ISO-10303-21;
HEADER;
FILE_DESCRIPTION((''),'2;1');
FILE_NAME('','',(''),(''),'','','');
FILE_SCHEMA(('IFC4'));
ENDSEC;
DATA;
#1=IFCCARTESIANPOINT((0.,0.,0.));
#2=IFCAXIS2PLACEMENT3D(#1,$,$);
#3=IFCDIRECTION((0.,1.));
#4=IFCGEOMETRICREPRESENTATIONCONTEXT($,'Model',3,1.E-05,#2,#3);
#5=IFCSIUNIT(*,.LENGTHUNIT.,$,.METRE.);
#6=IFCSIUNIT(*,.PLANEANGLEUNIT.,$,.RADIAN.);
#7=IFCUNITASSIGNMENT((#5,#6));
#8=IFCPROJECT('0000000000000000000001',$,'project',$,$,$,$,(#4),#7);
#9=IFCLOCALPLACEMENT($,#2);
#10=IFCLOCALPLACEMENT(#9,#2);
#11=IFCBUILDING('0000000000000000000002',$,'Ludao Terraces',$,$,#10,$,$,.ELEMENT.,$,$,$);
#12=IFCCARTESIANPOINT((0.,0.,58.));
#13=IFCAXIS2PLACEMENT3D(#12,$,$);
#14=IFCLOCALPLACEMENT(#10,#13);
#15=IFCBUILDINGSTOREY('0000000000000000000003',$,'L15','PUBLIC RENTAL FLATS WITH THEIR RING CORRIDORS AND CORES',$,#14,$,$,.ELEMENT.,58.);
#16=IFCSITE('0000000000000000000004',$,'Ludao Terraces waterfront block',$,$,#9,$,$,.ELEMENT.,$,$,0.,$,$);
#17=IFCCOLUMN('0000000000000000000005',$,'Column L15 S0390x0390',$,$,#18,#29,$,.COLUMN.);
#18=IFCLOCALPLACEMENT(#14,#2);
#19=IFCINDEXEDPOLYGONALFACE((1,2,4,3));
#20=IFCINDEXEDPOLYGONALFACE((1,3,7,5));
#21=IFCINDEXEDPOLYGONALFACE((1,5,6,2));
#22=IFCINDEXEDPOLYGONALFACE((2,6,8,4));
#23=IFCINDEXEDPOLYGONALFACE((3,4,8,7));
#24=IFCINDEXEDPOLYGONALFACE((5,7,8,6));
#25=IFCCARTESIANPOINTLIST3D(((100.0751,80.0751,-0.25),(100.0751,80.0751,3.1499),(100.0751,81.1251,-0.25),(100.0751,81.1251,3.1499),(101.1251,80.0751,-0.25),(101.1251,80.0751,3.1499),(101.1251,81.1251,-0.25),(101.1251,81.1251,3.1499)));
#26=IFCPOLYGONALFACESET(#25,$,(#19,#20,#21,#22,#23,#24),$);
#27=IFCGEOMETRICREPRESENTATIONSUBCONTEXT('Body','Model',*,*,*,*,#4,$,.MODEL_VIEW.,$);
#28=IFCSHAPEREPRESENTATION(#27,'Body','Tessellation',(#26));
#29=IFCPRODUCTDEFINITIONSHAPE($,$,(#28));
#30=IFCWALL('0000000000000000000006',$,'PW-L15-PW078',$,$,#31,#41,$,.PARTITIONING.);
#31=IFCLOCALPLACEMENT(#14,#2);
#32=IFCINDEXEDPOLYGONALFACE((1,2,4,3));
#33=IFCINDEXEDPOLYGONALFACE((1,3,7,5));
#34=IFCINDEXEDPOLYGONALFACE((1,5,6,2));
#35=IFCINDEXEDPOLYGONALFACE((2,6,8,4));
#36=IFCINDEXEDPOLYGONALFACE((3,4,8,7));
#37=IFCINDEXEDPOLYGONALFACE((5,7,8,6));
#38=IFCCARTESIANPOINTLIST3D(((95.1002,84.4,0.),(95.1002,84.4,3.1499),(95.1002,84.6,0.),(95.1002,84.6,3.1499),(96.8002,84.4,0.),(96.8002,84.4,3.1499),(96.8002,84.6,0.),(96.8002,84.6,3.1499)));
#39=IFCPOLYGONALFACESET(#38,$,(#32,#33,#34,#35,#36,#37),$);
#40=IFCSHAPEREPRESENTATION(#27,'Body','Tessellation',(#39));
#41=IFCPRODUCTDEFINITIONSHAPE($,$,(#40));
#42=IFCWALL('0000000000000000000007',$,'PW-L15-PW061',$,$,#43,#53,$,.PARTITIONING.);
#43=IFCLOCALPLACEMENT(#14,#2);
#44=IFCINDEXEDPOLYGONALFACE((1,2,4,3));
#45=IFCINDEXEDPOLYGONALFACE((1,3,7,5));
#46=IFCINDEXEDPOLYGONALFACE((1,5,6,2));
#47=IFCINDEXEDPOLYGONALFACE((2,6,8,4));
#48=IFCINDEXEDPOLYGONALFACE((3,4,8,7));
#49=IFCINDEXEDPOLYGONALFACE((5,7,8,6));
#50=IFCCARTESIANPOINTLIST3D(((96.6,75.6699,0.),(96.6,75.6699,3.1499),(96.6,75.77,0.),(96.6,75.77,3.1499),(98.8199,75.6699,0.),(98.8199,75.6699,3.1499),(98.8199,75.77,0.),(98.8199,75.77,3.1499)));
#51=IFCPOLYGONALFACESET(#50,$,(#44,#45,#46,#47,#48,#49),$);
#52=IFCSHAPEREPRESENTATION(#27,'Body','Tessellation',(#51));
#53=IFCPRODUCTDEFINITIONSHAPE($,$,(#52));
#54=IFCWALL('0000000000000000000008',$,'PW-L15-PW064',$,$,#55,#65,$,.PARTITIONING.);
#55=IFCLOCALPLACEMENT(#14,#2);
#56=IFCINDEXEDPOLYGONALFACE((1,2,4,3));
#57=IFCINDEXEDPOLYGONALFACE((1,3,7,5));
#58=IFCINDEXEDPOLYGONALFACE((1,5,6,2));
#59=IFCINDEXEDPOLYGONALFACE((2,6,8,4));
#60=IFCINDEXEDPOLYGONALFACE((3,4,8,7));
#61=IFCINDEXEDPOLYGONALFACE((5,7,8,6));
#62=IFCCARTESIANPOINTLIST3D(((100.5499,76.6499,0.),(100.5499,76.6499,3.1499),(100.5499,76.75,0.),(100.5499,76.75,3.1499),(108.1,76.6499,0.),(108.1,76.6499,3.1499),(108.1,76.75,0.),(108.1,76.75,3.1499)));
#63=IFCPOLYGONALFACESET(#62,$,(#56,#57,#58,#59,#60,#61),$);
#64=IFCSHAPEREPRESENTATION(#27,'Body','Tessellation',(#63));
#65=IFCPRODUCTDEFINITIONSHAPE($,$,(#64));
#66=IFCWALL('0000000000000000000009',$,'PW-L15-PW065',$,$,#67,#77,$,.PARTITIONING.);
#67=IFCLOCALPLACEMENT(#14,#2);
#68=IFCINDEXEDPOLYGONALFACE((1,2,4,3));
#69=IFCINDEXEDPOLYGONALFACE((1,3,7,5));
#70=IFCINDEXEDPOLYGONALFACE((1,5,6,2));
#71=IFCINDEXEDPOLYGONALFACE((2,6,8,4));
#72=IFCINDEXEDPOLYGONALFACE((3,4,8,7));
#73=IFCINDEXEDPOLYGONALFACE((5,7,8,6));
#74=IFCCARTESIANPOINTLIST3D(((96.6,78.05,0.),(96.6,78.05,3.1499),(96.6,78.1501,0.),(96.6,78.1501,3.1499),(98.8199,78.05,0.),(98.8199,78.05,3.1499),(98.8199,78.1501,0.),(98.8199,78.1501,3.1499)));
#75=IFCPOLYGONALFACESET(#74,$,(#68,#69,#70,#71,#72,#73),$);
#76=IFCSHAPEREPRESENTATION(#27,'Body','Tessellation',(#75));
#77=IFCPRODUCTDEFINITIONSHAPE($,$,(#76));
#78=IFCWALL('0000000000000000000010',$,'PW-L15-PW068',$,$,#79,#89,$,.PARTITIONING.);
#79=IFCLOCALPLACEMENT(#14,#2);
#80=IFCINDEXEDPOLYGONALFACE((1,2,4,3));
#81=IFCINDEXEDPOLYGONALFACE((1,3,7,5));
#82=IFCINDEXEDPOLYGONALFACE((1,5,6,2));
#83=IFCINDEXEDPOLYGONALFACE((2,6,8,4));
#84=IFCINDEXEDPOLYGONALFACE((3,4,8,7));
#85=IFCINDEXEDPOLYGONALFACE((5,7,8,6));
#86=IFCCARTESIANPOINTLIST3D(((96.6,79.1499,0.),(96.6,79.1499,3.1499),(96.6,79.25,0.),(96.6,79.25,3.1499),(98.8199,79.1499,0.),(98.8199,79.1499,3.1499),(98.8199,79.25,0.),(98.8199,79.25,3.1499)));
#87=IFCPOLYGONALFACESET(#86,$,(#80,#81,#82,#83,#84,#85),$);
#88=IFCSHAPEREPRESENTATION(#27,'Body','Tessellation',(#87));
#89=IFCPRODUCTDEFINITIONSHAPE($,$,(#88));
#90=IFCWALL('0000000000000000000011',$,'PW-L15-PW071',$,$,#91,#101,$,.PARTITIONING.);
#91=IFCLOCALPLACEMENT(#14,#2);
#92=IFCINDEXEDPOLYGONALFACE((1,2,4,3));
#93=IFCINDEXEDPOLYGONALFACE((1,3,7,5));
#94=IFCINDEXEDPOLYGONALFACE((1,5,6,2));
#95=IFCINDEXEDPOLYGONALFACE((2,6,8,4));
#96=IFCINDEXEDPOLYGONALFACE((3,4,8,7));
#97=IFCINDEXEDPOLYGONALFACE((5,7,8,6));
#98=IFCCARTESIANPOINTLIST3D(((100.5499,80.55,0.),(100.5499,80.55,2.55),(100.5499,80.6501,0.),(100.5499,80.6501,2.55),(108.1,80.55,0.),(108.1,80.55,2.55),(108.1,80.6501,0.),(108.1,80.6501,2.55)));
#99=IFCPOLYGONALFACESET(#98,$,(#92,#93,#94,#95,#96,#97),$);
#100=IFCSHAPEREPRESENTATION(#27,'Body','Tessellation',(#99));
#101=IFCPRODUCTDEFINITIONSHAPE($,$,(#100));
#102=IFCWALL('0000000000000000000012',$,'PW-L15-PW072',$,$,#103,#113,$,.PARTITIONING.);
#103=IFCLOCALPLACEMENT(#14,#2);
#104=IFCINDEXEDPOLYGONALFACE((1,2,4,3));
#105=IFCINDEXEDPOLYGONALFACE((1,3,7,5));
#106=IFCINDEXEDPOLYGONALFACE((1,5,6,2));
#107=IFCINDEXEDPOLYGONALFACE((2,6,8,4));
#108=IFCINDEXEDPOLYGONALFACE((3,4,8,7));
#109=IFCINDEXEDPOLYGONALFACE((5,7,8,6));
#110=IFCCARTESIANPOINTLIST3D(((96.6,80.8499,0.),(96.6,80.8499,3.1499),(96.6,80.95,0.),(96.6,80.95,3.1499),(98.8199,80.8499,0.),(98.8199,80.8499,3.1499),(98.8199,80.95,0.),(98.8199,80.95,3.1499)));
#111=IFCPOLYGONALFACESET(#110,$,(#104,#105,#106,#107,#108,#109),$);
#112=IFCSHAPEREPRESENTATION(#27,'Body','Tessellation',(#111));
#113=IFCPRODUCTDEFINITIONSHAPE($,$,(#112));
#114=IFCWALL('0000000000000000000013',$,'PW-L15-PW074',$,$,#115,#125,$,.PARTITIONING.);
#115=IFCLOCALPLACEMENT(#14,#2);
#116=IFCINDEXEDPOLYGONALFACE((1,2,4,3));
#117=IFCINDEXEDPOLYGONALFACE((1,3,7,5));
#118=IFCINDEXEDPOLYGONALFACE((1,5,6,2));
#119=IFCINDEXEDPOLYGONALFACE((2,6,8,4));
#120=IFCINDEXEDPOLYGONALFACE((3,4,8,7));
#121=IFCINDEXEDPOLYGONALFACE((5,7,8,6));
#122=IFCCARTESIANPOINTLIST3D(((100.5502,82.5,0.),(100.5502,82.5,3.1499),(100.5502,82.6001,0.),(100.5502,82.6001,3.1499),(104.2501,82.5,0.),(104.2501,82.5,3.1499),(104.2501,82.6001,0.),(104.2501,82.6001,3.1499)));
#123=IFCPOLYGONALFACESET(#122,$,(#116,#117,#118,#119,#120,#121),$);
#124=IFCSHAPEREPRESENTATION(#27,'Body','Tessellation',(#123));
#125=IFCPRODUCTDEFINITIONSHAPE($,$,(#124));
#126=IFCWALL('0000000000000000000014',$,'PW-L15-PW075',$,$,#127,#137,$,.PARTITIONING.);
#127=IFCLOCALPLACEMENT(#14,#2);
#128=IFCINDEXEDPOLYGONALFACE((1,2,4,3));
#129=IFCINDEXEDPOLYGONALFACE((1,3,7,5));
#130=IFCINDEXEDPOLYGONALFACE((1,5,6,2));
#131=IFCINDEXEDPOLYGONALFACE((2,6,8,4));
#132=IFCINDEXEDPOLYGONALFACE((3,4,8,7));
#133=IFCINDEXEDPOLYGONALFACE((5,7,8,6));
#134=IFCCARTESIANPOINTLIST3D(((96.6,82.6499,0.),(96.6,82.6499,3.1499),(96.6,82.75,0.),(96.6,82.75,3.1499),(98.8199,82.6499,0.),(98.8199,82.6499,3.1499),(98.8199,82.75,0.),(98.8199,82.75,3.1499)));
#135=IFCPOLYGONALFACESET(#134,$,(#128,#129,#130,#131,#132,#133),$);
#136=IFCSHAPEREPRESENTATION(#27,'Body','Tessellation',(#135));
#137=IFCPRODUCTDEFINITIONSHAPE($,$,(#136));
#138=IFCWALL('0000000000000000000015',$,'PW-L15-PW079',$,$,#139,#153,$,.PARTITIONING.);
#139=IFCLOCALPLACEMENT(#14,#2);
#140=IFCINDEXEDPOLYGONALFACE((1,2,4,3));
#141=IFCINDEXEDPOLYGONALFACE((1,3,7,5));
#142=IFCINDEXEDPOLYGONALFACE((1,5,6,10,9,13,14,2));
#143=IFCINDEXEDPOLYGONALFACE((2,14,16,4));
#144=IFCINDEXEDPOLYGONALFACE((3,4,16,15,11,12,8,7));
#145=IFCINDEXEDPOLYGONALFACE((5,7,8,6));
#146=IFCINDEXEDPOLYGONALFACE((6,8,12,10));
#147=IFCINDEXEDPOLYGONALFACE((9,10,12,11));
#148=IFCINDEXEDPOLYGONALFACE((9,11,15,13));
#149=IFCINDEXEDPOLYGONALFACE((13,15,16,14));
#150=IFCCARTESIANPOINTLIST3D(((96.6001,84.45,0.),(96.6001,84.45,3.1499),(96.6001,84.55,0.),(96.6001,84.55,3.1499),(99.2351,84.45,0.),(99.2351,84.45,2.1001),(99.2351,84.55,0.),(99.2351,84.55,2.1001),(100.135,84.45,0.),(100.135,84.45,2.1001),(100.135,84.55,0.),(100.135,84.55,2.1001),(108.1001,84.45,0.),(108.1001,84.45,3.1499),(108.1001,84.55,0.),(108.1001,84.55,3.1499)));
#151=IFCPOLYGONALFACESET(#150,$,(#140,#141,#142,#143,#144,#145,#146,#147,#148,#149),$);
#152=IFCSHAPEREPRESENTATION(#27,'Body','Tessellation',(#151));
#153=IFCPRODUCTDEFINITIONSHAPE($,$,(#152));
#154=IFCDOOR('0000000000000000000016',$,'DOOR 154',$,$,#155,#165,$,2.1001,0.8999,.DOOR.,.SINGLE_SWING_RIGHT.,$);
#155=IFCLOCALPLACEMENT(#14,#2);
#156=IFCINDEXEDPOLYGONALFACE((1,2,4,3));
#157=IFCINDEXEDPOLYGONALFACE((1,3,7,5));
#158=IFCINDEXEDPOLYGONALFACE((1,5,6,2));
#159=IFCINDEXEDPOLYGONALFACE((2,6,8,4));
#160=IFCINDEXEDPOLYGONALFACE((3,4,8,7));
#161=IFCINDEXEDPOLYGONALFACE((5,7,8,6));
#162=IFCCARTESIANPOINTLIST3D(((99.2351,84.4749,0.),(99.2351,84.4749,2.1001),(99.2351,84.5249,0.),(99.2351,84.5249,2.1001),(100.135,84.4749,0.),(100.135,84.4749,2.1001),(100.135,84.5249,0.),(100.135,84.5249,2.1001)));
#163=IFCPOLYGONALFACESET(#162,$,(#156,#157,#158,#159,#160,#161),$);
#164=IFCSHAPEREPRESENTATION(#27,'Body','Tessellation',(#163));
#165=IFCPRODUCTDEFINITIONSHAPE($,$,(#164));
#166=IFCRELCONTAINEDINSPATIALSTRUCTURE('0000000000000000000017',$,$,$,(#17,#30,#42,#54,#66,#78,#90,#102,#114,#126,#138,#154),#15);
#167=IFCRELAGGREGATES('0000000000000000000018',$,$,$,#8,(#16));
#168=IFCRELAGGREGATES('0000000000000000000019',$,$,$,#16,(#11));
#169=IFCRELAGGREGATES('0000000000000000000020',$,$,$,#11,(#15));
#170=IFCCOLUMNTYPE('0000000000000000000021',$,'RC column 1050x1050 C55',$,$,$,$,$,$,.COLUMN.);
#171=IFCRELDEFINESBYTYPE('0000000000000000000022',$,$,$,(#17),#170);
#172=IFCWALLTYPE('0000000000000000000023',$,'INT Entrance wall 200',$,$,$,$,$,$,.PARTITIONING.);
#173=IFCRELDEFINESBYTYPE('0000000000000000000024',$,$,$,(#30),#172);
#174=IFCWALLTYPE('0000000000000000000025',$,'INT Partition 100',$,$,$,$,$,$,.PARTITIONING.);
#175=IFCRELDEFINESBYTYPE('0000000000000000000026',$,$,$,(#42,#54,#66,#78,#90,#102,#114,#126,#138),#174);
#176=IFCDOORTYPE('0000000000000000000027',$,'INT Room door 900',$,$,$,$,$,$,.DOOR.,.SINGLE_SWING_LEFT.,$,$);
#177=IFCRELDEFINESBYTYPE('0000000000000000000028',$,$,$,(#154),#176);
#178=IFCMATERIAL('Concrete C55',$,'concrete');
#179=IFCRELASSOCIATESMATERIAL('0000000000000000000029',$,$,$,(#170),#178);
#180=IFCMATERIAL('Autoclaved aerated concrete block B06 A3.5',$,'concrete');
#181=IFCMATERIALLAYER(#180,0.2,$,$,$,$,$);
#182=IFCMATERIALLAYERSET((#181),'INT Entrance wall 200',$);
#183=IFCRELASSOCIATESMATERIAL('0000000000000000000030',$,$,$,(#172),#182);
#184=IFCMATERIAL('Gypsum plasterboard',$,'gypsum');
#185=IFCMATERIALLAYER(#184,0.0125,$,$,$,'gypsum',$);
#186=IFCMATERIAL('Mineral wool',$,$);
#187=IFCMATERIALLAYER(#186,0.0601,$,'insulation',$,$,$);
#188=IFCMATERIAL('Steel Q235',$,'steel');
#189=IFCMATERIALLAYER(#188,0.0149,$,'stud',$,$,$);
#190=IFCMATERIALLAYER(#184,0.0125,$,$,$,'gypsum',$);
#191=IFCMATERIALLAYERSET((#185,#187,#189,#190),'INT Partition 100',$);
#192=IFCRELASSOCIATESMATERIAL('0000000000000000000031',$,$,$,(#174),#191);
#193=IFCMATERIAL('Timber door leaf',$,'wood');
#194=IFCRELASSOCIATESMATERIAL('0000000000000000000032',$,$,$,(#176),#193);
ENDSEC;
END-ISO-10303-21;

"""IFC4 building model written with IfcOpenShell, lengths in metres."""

from ifc_helpers import new_model, si_unit, direction, frame, frame_2d, origin, origin_2d, place, context, subcontext, project, spatial, rectangle, extrude, material, layer, layer_set, material_profile, profile_set, type_object, element, fill, save


model = new_model("IFC4")

# Units and contexts
model_context = context("Model", 3, precision=1e-05, world=origin(), true_north=direction((0.0, 1.0)))
body_context = subcontext(model_context, "Body", "Model", "MODEL_VIEW")
ifc_project = project(units=[si_unit("LENGTHUNIT", "METRE"), si_unit("PLANEANGLEUNIT", "RADIAN")], contexts=[model_context])

# Site, building, storey
site_placement = place(None, origin())
site = spatial("IfcSite", under=ifc_project, at=site_placement, Name="Ludao Terraces waterfront block", CompositionType="ELEMENT", RefElevation=0.0)
building_placement = place(site_placement, origin())
building = spatial("IfcBuilding", under=site, at=building_placement, Name="Ludao Terraces", CompositionType="ELEMENT")
storey_placement = place(building_placement, frame((0.0, 0.0, 58.0)))
storey = spatial("IfcBuildingStorey", under=building, at=storey_placement, Name="L15", Description="PUBLIC RENTAL FLATS WITH THEIR RING CORRIDORS AND CORES", CompositionType="ELEMENT", Elevation=58.0)

# Column
ifc_material_1 = material(Name="Concrete C55", Category="concrete")
ifc_material_profile = material_profile(ifc_material_1, rectangle(XDim=1.05, YDim=1.05, at=origin_2d()), Name="1050 X 1050")
ifc_profile_set = profile_set([ifc_material_profile], Name="Concrete C55")
column_type = type_object("IfcColumnType", Name="RC column 1050x1050 C55", PredefinedType="COLUMN", material=ifc_profile_set)
column_placement = place(storey_placement, frame((100.6001, 80.6001, -0.25), z_axis=(0.0, 0.0, 1.0), x_axis=(1.0, 0.0, 0.0)))
element("IfcColumn", 1, at=column_placement, inside=storey, type_object=column_type, Name="Column L15 S0390x0390", PredefinedType="COLUMN", context=body_context, shape_type="SweptSolid", body=[
    extrude(rectangle(XDim=1.05, YDim=1.05, at=origin_2d()), origin(), (0.0, 0.0, 1.0), 3.3999),
])

# Walls
ifc_material_2 = material(Name="Autoclaved aerated concrete block B06 A3.5", Category="concrete")
ifc_layer_1 = layer(ifc_material_2, 0.2)
ifc_layer_set_1 = layer_set([ifc_layer_1], Name="INT Entrance wall 200")
wall_type_1 = type_object("IfcWallType", Name="INT Entrance wall 200", PredefinedType="PARTITIONING", material=ifc_layer_set_1)
wall_1_placement = place(storey_placement, frame((95.1001, 84.5, 0.0), z_axis=(0.0, 0.0, 1.0), x_axis=(1.0, 0.0, 0.0)))
element("IfcWall", 2, at=wall_1_placement, inside=storey, type_object=wall_type_1, Name="PW-L15-PW078", PredefinedType="PARTITIONING", context=body_context, shape_type="SweptSolid", body=[
    extrude(rectangle(XDim=1.7, YDim=0.2, at=frame_2d((0.8501, 0.0))), origin(), (0.0, 0.0, 1.0), 3.1499),
])
ifc_material_3 = material(Name="Gypsum plasterboard", Category="gypsum")
ifc_layer_2 = layer(ifc_material_3, 0.0125, Category="gypsum")
ifc_material_4 = material(Name="Mineral wool")
ifc_layer_3 = layer(ifc_material_4, 0.0601, Name="insulation")
ifc_material_5 = material(Name="Steel Q235", Category="steel")
ifc_layer_4 = layer(ifc_material_5, 0.0149, Name="stud")
ifc_layer_5 = layer(ifc_material_3, 0.0125, Category="gypsum")
ifc_layer_set_2 = layer_set([ifc_layer_2, ifc_layer_3, ifc_layer_4, ifc_layer_5], Name="INT Partition 100")
wall_type_2 = type_object("IfcWallType", Name="INT Partition 100", PredefinedType="PARTITIONING", material=ifc_layer_set_2)
wall_2_placement = place(storey_placement, frame((96.6001, 75.72, 0.0), z_axis=(0.0, 0.0, 1.0), x_axis=(1.0, 0.0, 0.0)))
element("IfcWall", 3, at=wall_2_placement, inside=storey, type_object=wall_type_2, Name="PW-L15-PW061", PredefinedType="PARTITIONING", context=body_context, shape_type="SweptSolid", body=[
    extrude(rectangle(XDim=2.22, YDim=0.1001, at=frame_2d((1.1099, 0.0))), origin(), (0.0, 0.0, 1.0), 3.1499),
])
wall_3_placement = place(storey_placement, frame((100.55, 76.7, 0.0), z_axis=(0.0, 0.0, 1.0), x_axis=(1.0, 0.0, 0.0)))
element("IfcWall", 4, at=wall_3_placement, inside=storey, type_object=wall_type_2, Name="PW-L15-PW064", PredefinedType="PARTITIONING", context=body_context, shape_type="SweptSolid", body=[
    extrude(rectangle(XDim=7.55, YDim=0.1001, at=frame_2d((3.7749, 0.0))), origin(), (0.0, 0.0, 1.0), 3.1499),
])
for number, where, z_axis, x_axis, name in (
    (5, (96.6001, 78.1001, 0.0), (0.0, 0.0, 1.0), (1.0, 0.0, 0.0), "PW-L15-PW065"),
    (6, (96.6001, 79.2, 0.0), (0.0, 0.0, 1.0), (1.0, 0.0, 0.0), "PW-L15-PW068"),
):
    element("IfcWall", number, at=place(storey_placement, frame(where, z_axis=z_axis, x_axis=x_axis)), inside=storey, type_object=wall_type_2, Name=name, PredefinedType="PARTITIONING", context=body_context, shape_type="SweptSolid", body=[
        extrude(rectangle(XDim=2.22, YDim=0.1001, at=frame_2d((1.1099, 0.0))), origin(), (0.0, 0.0, 1.0), 3.1499),
    ])
wall_4_placement = place(storey_placement, frame((100.55, 80.6001, 0.0), z_axis=(0.0, 0.0, 1.0), x_axis=(1.0, 0.0, 0.0)))
element("IfcWall", 7, at=wall_4_placement, inside=storey, type_object=wall_type_2, Name="PW-L15-PW071", PredefinedType="PARTITIONING", context=body_context, shape_type="SweptSolid", body=[
    extrude(rectangle(XDim=7.55, YDim=0.1001, at=frame_2d((3.7749, 0.0))), origin(), (0.0, 0.0, 1.0), 2.55),
])
wall_5_placement = place(storey_placement, frame((96.6001, 80.8999, 0.0), z_axis=(0.0, 0.0, 1.0), x_axis=(1.0, 0.0, 0.0)))
element("IfcWall", 8, at=wall_5_placement, inside=storey, type_object=wall_type_2, Name="PW-L15-PW072", PredefinedType="PARTITIONING", context=body_context, shape_type="SweptSolid", body=[
    extrude(rectangle(XDim=2.22, YDim=0.1001, at=frame_2d((1.1099, 0.0))), origin(), (0.0, 0.0, 1.0), 3.1499),
])
wall_6_placement = place(storey_placement, frame((100.55, 82.55, 0.0), z_axis=(0.0, 0.0, 1.0), x_axis=(1.0, 0.0, 0.0)))
element("IfcWall", 9, at=wall_6_placement, inside=storey, type_object=wall_type_2, Name="PW-L15-PW074", PredefinedType="PARTITIONING", context=body_context, shape_type="SweptSolid", body=[
    extrude(rectangle(XDim=3.7, YDim=0.1001, at=frame_2d((1.8501, 0.0))), origin(), (0.0, 0.0, 1.0), 3.1499),
])
wall_7_placement = place(storey_placement, frame((96.6001, 82.7, 0.0), z_axis=(0.0, 0.0, 1.0), x_axis=(1.0, 0.0, 0.0)))
element("IfcWall", 10, at=wall_7_placement, inside=storey, type_object=wall_type_2, Name="PW-L15-PW075", PredefinedType="PARTITIONING", context=body_context, shape_type="SweptSolid", body=[
    extrude(rectangle(XDim=2.22, YDim=0.1001, at=frame_2d((1.1099, 0.0))), origin(), (0.0, 0.0, 1.0), 3.1499),
])

# Wall, opening, door
wall_8_placement = place(storey_placement, frame((96.6001, 84.5, 0.0), z_axis=(0.0, 0.0, 1.0), x_axis=(1.0, 0.0, 0.0)))
wall_8 = element("IfcWall", 11, at=wall_8_placement, inside=storey, type_object=wall_type_2, Name="PW-L15-PW079", PredefinedType="PARTITIONING", context=body_context, shape_type="SweptSolid", body=[
    extrude(rectangle(XDim=11.5, YDim=0.1001, at=frame_2d((5.75, 0.0))), origin(), (0.0, 0.0, 1.0), 3.1499),
])
opening_1_placement = place(wall_8_placement, frame((2.635, 0.0, 0.0)))
opening_1 = element("IfcOpeningElement", 12, at=opening_1_placement, cuts=wall_8, PredefinedType="OPENING", context=body_context, shape_type="SweptSolid", body=[
    extrude(rectangle(XDim=0.8999, YDim=2.1001, at=frame_2d((0.45, 1.05))), frame((0.0, 0.0601, 0.0), z_axis=(0.0, -1.0, 0.0), x_axis=(1.0, 0.0, 0.0)), (0.0, 0.0, 1.0), 0.1201),
])
ifc_material_6 = material(Name="Timber door leaf", Category="wood")
door_type_1 = type_object("IfcDoorType", Name="INT Room door 900", OperationType="SINGLE_SWING_LEFT", PredefinedType="DOOR", material=ifc_material_6)
door_1_placement = place(opening_1_placement, origin())
door_1 = element("IfcDoor", 13, at=door_1_placement, inside=storey, type_object=door_type_1, Name="DOOR 154", OperationType="SINGLE_SWING_RIGHT", OverallHeight=2.1001, OverallWidth=0.8999, PredefinedType="DOOR", context=body_context, shape_type="SweptSolid", body=[
    extrude(rectangle(XDim=0.8999, YDim=2.1001, at=frame_2d((0.45, 1.05))), frame((0.0, 0.0249, 0.0), z_axis=(0.0, -1.0, 0.0), x_axis=(1.0, 0.0, 0.0)), (0.0, 0.0, 1.0), 0.05),
])
fill(opening_1, door_1)

save(model, "model.ifc")
